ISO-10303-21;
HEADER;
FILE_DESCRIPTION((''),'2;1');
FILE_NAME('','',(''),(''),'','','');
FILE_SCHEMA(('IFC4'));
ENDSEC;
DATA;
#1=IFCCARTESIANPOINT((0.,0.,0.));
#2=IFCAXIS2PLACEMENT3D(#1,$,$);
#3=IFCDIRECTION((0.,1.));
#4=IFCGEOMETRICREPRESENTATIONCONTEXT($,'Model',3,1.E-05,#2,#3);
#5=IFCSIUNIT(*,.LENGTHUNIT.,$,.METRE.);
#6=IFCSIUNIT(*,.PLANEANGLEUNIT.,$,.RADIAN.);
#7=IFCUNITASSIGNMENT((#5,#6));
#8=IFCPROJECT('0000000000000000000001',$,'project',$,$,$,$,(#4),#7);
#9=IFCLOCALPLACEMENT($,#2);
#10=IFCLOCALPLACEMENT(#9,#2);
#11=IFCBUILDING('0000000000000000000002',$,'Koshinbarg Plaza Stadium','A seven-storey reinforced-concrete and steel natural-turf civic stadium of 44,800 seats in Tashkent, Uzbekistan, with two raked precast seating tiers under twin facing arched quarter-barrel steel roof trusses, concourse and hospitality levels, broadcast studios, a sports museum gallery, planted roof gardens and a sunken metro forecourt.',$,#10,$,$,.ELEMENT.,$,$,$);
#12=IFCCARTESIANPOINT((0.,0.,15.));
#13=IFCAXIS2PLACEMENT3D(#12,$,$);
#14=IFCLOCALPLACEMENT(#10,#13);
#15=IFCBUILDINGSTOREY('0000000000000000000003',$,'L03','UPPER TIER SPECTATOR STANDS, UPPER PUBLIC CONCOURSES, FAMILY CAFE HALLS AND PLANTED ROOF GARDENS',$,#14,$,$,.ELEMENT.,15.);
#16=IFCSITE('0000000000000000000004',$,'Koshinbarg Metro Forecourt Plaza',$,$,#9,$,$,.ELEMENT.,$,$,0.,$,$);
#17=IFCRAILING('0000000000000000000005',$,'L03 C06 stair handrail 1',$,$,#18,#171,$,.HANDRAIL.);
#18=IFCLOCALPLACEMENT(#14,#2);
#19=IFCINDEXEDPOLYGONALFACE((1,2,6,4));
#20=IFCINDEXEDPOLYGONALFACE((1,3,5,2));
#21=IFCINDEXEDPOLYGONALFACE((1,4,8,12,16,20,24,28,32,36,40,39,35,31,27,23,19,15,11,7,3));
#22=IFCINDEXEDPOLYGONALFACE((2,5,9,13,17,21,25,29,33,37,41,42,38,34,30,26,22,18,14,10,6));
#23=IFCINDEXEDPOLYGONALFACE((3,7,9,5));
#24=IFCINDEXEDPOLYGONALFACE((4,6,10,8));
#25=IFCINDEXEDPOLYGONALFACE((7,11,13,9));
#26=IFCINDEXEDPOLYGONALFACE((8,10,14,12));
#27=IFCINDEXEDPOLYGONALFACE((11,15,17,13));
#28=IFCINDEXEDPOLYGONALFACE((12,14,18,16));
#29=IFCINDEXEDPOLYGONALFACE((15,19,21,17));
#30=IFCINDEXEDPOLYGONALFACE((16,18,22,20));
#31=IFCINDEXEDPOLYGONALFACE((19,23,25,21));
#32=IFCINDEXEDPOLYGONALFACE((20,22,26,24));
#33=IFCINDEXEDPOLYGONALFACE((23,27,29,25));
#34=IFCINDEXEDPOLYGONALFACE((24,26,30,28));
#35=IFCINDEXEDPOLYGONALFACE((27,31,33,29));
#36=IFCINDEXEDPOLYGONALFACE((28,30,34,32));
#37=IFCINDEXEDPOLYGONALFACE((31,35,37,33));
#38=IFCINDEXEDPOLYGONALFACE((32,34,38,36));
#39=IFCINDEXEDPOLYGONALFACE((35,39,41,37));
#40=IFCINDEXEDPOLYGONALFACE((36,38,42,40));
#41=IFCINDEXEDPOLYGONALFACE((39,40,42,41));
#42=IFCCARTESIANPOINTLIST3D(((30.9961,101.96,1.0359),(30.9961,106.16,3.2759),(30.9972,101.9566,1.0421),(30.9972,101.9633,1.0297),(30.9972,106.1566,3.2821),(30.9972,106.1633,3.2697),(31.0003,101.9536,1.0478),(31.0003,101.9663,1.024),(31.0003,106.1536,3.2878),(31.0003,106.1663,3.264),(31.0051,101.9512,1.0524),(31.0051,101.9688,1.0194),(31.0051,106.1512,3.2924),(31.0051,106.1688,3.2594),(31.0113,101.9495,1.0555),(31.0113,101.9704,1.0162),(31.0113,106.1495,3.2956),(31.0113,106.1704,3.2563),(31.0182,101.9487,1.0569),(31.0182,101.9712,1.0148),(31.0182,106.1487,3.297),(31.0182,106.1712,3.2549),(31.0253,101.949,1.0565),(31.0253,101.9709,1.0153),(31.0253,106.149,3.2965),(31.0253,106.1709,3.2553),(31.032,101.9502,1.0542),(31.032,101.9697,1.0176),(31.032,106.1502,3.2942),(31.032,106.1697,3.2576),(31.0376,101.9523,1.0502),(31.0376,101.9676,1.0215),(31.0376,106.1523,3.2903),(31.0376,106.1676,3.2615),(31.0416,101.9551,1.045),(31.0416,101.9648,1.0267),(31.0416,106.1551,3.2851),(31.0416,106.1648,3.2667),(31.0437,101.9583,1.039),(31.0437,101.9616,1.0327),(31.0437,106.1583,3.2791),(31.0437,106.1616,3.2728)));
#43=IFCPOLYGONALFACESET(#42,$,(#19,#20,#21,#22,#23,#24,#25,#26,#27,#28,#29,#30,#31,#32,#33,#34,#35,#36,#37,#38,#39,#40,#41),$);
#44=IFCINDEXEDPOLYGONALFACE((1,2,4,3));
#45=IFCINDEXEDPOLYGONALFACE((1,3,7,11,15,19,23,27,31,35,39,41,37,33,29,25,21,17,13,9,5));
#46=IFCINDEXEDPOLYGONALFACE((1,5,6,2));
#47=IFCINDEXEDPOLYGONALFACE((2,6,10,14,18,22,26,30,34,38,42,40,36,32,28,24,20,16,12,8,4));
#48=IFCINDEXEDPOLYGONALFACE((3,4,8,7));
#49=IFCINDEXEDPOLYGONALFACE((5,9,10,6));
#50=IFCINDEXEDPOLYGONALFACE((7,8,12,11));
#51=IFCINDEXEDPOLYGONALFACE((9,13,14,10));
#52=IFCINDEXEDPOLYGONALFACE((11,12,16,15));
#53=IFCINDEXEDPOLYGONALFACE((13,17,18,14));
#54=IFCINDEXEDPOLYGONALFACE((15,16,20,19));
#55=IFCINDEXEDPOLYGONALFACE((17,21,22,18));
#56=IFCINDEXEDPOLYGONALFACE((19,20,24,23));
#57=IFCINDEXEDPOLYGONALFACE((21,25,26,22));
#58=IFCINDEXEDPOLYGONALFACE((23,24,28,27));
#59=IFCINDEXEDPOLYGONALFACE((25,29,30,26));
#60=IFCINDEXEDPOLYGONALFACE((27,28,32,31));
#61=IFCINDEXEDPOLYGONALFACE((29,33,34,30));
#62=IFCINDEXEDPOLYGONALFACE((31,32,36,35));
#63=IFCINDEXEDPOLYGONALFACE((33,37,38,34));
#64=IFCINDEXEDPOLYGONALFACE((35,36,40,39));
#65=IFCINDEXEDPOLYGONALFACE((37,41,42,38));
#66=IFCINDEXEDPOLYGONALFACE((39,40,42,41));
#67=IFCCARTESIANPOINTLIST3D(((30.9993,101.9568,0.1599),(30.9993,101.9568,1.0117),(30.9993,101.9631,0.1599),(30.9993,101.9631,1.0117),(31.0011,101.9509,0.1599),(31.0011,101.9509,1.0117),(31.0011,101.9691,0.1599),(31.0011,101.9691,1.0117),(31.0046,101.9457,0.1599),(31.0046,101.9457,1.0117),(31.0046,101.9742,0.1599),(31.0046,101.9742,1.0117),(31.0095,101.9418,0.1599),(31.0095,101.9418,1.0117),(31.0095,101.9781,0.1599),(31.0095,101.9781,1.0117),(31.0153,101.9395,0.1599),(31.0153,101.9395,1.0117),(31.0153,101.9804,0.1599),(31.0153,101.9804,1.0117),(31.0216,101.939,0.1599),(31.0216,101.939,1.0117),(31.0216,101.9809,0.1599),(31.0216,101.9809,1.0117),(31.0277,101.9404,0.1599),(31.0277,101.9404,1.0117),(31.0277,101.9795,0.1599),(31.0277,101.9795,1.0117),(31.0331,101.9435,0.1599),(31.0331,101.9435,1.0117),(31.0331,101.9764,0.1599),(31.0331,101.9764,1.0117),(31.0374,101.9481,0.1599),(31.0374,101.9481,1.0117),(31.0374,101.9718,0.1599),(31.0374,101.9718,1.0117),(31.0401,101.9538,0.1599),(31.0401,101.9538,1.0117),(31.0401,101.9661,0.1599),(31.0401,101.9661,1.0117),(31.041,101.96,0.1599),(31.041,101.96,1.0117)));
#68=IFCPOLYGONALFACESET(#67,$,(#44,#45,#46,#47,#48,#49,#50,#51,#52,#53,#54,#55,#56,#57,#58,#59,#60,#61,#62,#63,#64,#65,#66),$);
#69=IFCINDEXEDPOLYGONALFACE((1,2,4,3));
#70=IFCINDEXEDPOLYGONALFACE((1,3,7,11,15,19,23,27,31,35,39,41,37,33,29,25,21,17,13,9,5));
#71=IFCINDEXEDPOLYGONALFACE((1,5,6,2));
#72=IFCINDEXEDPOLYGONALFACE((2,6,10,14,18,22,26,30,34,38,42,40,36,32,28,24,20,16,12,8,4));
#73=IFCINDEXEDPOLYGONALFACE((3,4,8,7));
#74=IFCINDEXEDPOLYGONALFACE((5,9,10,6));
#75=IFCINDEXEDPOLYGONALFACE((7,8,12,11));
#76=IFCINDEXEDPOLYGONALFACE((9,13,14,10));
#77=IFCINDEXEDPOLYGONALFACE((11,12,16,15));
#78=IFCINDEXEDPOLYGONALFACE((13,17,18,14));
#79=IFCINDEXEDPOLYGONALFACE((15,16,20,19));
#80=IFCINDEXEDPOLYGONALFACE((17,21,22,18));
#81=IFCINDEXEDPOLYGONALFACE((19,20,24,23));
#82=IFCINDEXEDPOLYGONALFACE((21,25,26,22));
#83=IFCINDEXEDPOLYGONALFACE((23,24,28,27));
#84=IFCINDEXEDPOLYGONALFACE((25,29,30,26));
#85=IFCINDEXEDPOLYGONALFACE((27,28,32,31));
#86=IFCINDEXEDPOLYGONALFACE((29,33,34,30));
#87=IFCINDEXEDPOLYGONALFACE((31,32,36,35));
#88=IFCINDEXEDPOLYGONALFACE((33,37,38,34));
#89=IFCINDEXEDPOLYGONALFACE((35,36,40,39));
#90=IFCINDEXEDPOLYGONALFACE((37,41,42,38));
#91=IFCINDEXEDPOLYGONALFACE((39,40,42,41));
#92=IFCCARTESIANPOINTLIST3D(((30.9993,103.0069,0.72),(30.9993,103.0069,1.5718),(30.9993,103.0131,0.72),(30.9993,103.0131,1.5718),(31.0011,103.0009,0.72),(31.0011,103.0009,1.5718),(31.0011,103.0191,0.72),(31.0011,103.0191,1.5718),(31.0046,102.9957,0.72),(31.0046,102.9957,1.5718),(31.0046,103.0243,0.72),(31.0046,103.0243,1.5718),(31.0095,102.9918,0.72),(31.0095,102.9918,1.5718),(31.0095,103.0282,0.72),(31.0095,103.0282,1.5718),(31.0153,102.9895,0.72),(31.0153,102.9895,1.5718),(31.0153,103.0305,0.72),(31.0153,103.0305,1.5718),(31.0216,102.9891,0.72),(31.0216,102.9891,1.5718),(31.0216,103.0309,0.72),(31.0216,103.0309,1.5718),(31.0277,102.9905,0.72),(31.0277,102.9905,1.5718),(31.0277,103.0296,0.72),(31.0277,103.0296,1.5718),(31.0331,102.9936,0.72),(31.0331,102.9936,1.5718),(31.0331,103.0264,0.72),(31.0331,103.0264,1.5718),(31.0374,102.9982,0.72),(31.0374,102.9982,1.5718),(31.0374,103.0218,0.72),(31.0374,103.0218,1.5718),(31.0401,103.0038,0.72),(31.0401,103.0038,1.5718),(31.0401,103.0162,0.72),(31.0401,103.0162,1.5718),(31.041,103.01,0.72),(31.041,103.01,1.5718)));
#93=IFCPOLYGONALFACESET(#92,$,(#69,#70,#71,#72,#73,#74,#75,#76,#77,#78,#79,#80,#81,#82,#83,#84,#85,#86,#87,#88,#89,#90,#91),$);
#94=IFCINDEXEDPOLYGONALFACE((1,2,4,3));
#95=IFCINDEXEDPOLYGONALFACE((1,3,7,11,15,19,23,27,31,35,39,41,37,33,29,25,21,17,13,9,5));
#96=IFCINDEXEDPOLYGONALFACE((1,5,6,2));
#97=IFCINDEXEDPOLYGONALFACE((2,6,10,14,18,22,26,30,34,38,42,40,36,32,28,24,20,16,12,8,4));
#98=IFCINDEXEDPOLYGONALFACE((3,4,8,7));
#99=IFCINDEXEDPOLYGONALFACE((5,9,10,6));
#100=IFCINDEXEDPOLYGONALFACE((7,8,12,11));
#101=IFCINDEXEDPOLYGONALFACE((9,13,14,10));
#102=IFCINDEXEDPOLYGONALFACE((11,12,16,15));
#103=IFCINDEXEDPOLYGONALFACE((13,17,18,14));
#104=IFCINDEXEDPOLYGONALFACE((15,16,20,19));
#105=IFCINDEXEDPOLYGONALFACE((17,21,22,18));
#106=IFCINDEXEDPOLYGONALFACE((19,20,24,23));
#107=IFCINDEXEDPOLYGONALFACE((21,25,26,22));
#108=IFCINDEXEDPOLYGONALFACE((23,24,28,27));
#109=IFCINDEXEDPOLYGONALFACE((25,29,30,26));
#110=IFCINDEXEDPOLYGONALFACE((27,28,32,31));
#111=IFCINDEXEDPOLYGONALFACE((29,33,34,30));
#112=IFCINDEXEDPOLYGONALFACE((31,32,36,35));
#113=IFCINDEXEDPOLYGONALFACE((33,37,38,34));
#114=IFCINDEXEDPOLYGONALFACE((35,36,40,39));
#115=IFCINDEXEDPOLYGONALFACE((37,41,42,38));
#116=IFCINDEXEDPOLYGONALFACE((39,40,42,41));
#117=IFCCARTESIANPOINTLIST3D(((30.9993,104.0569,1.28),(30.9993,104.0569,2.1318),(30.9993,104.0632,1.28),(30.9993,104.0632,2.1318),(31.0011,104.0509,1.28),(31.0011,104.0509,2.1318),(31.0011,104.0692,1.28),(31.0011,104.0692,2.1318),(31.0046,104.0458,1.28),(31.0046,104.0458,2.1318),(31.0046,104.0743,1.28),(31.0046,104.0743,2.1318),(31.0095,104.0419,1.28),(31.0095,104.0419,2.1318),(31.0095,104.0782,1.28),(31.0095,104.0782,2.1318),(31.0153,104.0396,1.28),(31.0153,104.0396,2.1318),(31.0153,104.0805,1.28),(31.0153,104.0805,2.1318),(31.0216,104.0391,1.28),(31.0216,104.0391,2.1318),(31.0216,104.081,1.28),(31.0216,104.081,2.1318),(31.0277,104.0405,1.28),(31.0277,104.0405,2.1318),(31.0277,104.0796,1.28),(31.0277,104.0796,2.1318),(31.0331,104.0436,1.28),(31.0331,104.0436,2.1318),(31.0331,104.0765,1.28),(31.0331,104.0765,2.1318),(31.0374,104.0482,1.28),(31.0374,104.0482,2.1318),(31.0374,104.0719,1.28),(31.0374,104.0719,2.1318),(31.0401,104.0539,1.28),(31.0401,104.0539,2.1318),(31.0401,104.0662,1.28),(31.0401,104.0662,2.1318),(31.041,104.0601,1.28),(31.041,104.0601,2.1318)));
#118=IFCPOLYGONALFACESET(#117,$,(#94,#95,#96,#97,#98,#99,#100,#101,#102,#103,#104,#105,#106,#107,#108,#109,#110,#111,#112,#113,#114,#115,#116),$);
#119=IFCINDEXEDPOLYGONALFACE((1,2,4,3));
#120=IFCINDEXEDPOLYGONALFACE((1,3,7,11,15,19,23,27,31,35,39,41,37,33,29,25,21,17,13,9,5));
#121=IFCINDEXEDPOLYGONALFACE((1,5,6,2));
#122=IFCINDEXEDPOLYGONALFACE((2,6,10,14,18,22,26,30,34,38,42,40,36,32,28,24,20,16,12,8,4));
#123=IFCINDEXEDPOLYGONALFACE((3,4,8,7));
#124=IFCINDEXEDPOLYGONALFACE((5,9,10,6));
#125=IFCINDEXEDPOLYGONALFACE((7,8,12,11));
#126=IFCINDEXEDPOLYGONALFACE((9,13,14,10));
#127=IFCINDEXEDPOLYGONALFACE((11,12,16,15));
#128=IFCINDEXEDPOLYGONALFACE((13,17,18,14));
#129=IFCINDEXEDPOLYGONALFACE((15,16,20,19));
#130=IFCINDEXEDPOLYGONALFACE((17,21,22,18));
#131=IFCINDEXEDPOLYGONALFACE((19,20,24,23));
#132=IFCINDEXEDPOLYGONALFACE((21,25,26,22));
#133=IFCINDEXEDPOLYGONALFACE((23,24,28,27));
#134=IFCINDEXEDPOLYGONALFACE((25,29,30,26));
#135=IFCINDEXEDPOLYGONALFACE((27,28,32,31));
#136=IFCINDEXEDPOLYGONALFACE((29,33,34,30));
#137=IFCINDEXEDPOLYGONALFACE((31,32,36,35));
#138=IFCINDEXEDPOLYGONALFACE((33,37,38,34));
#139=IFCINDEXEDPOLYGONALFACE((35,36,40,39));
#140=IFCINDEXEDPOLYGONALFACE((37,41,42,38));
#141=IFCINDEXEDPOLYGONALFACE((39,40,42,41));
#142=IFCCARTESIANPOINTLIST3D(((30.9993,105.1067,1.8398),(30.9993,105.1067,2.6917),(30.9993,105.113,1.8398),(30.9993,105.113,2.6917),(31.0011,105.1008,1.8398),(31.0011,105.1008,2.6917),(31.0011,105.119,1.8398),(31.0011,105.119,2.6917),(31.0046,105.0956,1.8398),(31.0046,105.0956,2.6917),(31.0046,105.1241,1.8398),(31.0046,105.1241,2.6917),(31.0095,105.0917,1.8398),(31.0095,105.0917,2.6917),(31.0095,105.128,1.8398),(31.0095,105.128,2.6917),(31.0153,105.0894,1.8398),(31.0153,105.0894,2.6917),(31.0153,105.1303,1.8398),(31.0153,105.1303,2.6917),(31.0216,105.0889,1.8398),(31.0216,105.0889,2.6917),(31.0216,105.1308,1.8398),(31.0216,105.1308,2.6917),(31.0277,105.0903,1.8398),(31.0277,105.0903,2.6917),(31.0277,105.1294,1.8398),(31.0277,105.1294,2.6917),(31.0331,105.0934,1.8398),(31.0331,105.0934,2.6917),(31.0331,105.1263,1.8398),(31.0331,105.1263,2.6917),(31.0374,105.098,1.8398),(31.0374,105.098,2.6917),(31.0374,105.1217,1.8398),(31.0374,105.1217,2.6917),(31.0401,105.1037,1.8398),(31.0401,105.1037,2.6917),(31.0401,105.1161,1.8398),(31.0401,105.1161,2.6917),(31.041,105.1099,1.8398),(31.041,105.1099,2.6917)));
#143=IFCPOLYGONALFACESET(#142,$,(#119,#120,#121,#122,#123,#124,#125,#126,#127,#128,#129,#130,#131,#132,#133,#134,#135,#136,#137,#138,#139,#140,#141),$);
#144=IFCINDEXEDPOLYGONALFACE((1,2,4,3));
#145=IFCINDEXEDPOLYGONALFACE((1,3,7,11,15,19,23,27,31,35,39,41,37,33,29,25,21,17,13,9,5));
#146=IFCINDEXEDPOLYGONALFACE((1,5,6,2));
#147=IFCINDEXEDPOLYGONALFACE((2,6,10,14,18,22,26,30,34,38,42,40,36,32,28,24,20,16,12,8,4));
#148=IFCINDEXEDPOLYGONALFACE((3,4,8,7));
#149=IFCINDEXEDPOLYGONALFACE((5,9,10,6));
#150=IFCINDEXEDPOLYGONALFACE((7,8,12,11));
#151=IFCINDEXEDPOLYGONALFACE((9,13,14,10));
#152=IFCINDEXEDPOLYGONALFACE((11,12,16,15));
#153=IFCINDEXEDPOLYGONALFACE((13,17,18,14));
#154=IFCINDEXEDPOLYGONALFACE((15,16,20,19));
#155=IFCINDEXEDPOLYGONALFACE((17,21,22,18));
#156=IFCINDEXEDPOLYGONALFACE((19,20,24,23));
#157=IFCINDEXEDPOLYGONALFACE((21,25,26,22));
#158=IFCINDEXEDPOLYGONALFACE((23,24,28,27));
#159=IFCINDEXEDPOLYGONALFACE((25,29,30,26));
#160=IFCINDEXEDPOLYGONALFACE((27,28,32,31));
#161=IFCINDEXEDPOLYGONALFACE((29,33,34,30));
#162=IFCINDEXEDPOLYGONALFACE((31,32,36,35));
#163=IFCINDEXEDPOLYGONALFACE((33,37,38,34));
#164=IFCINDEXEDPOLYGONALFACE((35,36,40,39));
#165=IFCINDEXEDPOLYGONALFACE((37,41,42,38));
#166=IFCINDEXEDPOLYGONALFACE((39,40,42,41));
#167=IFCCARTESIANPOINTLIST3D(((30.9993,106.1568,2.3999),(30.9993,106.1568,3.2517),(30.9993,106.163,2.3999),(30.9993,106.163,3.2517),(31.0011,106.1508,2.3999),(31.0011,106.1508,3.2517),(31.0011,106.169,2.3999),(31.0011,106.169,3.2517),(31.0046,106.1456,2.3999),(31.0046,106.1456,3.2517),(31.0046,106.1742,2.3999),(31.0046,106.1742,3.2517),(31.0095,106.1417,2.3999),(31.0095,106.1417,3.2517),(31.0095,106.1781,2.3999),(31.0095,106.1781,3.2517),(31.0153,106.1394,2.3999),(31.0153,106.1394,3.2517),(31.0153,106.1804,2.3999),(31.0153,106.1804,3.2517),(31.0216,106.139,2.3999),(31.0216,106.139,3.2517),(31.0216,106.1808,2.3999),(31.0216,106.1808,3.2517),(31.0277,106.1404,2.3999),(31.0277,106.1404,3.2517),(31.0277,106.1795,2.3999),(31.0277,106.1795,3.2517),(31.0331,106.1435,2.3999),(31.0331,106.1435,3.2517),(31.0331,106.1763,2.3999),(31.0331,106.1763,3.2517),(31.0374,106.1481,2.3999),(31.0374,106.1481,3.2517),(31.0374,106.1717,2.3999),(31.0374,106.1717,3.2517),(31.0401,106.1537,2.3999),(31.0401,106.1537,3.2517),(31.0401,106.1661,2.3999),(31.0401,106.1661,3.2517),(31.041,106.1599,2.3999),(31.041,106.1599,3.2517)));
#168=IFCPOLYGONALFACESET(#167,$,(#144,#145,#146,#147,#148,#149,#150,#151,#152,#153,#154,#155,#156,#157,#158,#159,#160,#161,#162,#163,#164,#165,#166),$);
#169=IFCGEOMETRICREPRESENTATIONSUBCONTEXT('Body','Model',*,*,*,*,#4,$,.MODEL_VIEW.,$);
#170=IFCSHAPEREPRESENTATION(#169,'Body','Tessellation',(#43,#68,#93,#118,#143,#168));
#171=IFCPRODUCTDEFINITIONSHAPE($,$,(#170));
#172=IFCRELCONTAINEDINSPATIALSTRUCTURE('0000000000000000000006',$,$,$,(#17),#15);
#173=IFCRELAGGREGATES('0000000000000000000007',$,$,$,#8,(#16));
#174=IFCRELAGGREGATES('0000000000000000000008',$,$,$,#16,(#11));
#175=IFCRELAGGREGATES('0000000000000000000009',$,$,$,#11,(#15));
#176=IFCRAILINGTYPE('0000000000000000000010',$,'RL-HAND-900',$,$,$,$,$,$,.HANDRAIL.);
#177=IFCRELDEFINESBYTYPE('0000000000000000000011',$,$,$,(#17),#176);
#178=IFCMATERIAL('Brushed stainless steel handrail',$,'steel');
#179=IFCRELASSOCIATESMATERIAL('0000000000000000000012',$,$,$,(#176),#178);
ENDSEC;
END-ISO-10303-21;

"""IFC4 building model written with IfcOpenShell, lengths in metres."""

from ifc_helpers import new_model, si_unit, direction, frame, origin, origin_2d, place, context, subcontext, project, spatial, circle, extrude, material, type_object, element, save


model = new_model("IFC4")

# Units and contexts
model_context = context("Model", 3, precision=1e-05, world=origin(), true_north=direction((0.0, 1.0)))
body_context = subcontext(model_context, "Body", "Model", "MODEL_VIEW")
ifc_project = project(units=[si_unit("LENGTHUNIT", "METRE"), si_unit("PLANEANGLEUNIT", "RADIAN")], contexts=[model_context])

# Site, building, storey
site_placement = place(None, origin())
site = spatial("IfcSite", under=ifc_project, at=site_placement, Name="Koshinbarg Metro Forecourt Plaza", CompositionType="ELEMENT", RefElevation=0.0)
building_placement = place(site_placement, origin())
building = spatial("IfcBuilding", under=site, at=building_placement, Name="Koshinbarg Plaza Stadium", Description="A seven-storey reinforced-concrete and steel natural-turf civic stadium of 44,800 seats in Tashkent, Uzbekistan, with two raked precast seating tiers under twin facing arched quarter-barrel steel roof trusses, concourse and hospitality levels, broadcast studios, a sports museum gallery, planted roof gardens and a sunken metro forecourt.", CompositionType="ELEMENT")
storey_placement = place(building_placement, frame((0.0, 0.0, 15.0)))
storey = spatial("IfcBuildingStorey", under=building, at=storey_placement, Name="L03", Description="UPPER TIER SPECTATOR STANDS, UPPER PUBLIC CONCOURSES, FAMILY CAFE HALLS AND PLANTED ROOF GARDENS", CompositionType="ELEMENT", Elevation=15.0)

# Railing
ifc_material_1 = material(Name="Brushed stainless steel handrail", Category="steel")
railing_type_1 = type_object("IfcRailingType", Name="RL-HAND-900", PredefinedType="HANDRAIL", material=ifc_material_1)
railing_1_placement = place(storey_placement, frame((31.02, 101.96, 0.1599)))
element("IfcRailing", 1, at=railing_1_placement, inside=storey, type_object=railing_type_1, Name="L03 C06 stair handrail 1", PredefinedType="HANDRAIL", context=body_context, shape_type="SweptSolid", body=[
    extrude(circle(Radius=0.0239, at=origin_2d()), frame((0.0, 0.0, 0.876), z_axis=(0.0, 0.882352, 0.470591), x_axis=(-1.0, 0.0, 0.0)), (0.0, 0.0, 1.0), 4.76),
    extrude(circle(Radius=0.021, at=origin_2d()), origin(), (0.0, 0.0, 1.0), 0.8518),
    extrude(circle(Radius=0.021, at=origin_2d()), frame((0.0, 1.05, 0.5601)), (0.0, 0.0, 1.0), 0.8518),
    extrude(circle(Radius=0.021, at=origin_2d()), frame((0.0, 2.1001, 1.1201)), (0.0, 0.0, 1.0), 0.8518),
    extrude(circle(Radius=0.021, at=origin_2d()), frame((0.0, 3.1499, 1.6799)), (0.0, 0.0, 1.0), 0.8518),
    extrude(circle(Radius=0.021, at=origin_2d()), frame((0.0, 4.2, 2.24)), (0.0, 0.0, 1.0), 0.8518),
])

save(model, "model.ifc")
